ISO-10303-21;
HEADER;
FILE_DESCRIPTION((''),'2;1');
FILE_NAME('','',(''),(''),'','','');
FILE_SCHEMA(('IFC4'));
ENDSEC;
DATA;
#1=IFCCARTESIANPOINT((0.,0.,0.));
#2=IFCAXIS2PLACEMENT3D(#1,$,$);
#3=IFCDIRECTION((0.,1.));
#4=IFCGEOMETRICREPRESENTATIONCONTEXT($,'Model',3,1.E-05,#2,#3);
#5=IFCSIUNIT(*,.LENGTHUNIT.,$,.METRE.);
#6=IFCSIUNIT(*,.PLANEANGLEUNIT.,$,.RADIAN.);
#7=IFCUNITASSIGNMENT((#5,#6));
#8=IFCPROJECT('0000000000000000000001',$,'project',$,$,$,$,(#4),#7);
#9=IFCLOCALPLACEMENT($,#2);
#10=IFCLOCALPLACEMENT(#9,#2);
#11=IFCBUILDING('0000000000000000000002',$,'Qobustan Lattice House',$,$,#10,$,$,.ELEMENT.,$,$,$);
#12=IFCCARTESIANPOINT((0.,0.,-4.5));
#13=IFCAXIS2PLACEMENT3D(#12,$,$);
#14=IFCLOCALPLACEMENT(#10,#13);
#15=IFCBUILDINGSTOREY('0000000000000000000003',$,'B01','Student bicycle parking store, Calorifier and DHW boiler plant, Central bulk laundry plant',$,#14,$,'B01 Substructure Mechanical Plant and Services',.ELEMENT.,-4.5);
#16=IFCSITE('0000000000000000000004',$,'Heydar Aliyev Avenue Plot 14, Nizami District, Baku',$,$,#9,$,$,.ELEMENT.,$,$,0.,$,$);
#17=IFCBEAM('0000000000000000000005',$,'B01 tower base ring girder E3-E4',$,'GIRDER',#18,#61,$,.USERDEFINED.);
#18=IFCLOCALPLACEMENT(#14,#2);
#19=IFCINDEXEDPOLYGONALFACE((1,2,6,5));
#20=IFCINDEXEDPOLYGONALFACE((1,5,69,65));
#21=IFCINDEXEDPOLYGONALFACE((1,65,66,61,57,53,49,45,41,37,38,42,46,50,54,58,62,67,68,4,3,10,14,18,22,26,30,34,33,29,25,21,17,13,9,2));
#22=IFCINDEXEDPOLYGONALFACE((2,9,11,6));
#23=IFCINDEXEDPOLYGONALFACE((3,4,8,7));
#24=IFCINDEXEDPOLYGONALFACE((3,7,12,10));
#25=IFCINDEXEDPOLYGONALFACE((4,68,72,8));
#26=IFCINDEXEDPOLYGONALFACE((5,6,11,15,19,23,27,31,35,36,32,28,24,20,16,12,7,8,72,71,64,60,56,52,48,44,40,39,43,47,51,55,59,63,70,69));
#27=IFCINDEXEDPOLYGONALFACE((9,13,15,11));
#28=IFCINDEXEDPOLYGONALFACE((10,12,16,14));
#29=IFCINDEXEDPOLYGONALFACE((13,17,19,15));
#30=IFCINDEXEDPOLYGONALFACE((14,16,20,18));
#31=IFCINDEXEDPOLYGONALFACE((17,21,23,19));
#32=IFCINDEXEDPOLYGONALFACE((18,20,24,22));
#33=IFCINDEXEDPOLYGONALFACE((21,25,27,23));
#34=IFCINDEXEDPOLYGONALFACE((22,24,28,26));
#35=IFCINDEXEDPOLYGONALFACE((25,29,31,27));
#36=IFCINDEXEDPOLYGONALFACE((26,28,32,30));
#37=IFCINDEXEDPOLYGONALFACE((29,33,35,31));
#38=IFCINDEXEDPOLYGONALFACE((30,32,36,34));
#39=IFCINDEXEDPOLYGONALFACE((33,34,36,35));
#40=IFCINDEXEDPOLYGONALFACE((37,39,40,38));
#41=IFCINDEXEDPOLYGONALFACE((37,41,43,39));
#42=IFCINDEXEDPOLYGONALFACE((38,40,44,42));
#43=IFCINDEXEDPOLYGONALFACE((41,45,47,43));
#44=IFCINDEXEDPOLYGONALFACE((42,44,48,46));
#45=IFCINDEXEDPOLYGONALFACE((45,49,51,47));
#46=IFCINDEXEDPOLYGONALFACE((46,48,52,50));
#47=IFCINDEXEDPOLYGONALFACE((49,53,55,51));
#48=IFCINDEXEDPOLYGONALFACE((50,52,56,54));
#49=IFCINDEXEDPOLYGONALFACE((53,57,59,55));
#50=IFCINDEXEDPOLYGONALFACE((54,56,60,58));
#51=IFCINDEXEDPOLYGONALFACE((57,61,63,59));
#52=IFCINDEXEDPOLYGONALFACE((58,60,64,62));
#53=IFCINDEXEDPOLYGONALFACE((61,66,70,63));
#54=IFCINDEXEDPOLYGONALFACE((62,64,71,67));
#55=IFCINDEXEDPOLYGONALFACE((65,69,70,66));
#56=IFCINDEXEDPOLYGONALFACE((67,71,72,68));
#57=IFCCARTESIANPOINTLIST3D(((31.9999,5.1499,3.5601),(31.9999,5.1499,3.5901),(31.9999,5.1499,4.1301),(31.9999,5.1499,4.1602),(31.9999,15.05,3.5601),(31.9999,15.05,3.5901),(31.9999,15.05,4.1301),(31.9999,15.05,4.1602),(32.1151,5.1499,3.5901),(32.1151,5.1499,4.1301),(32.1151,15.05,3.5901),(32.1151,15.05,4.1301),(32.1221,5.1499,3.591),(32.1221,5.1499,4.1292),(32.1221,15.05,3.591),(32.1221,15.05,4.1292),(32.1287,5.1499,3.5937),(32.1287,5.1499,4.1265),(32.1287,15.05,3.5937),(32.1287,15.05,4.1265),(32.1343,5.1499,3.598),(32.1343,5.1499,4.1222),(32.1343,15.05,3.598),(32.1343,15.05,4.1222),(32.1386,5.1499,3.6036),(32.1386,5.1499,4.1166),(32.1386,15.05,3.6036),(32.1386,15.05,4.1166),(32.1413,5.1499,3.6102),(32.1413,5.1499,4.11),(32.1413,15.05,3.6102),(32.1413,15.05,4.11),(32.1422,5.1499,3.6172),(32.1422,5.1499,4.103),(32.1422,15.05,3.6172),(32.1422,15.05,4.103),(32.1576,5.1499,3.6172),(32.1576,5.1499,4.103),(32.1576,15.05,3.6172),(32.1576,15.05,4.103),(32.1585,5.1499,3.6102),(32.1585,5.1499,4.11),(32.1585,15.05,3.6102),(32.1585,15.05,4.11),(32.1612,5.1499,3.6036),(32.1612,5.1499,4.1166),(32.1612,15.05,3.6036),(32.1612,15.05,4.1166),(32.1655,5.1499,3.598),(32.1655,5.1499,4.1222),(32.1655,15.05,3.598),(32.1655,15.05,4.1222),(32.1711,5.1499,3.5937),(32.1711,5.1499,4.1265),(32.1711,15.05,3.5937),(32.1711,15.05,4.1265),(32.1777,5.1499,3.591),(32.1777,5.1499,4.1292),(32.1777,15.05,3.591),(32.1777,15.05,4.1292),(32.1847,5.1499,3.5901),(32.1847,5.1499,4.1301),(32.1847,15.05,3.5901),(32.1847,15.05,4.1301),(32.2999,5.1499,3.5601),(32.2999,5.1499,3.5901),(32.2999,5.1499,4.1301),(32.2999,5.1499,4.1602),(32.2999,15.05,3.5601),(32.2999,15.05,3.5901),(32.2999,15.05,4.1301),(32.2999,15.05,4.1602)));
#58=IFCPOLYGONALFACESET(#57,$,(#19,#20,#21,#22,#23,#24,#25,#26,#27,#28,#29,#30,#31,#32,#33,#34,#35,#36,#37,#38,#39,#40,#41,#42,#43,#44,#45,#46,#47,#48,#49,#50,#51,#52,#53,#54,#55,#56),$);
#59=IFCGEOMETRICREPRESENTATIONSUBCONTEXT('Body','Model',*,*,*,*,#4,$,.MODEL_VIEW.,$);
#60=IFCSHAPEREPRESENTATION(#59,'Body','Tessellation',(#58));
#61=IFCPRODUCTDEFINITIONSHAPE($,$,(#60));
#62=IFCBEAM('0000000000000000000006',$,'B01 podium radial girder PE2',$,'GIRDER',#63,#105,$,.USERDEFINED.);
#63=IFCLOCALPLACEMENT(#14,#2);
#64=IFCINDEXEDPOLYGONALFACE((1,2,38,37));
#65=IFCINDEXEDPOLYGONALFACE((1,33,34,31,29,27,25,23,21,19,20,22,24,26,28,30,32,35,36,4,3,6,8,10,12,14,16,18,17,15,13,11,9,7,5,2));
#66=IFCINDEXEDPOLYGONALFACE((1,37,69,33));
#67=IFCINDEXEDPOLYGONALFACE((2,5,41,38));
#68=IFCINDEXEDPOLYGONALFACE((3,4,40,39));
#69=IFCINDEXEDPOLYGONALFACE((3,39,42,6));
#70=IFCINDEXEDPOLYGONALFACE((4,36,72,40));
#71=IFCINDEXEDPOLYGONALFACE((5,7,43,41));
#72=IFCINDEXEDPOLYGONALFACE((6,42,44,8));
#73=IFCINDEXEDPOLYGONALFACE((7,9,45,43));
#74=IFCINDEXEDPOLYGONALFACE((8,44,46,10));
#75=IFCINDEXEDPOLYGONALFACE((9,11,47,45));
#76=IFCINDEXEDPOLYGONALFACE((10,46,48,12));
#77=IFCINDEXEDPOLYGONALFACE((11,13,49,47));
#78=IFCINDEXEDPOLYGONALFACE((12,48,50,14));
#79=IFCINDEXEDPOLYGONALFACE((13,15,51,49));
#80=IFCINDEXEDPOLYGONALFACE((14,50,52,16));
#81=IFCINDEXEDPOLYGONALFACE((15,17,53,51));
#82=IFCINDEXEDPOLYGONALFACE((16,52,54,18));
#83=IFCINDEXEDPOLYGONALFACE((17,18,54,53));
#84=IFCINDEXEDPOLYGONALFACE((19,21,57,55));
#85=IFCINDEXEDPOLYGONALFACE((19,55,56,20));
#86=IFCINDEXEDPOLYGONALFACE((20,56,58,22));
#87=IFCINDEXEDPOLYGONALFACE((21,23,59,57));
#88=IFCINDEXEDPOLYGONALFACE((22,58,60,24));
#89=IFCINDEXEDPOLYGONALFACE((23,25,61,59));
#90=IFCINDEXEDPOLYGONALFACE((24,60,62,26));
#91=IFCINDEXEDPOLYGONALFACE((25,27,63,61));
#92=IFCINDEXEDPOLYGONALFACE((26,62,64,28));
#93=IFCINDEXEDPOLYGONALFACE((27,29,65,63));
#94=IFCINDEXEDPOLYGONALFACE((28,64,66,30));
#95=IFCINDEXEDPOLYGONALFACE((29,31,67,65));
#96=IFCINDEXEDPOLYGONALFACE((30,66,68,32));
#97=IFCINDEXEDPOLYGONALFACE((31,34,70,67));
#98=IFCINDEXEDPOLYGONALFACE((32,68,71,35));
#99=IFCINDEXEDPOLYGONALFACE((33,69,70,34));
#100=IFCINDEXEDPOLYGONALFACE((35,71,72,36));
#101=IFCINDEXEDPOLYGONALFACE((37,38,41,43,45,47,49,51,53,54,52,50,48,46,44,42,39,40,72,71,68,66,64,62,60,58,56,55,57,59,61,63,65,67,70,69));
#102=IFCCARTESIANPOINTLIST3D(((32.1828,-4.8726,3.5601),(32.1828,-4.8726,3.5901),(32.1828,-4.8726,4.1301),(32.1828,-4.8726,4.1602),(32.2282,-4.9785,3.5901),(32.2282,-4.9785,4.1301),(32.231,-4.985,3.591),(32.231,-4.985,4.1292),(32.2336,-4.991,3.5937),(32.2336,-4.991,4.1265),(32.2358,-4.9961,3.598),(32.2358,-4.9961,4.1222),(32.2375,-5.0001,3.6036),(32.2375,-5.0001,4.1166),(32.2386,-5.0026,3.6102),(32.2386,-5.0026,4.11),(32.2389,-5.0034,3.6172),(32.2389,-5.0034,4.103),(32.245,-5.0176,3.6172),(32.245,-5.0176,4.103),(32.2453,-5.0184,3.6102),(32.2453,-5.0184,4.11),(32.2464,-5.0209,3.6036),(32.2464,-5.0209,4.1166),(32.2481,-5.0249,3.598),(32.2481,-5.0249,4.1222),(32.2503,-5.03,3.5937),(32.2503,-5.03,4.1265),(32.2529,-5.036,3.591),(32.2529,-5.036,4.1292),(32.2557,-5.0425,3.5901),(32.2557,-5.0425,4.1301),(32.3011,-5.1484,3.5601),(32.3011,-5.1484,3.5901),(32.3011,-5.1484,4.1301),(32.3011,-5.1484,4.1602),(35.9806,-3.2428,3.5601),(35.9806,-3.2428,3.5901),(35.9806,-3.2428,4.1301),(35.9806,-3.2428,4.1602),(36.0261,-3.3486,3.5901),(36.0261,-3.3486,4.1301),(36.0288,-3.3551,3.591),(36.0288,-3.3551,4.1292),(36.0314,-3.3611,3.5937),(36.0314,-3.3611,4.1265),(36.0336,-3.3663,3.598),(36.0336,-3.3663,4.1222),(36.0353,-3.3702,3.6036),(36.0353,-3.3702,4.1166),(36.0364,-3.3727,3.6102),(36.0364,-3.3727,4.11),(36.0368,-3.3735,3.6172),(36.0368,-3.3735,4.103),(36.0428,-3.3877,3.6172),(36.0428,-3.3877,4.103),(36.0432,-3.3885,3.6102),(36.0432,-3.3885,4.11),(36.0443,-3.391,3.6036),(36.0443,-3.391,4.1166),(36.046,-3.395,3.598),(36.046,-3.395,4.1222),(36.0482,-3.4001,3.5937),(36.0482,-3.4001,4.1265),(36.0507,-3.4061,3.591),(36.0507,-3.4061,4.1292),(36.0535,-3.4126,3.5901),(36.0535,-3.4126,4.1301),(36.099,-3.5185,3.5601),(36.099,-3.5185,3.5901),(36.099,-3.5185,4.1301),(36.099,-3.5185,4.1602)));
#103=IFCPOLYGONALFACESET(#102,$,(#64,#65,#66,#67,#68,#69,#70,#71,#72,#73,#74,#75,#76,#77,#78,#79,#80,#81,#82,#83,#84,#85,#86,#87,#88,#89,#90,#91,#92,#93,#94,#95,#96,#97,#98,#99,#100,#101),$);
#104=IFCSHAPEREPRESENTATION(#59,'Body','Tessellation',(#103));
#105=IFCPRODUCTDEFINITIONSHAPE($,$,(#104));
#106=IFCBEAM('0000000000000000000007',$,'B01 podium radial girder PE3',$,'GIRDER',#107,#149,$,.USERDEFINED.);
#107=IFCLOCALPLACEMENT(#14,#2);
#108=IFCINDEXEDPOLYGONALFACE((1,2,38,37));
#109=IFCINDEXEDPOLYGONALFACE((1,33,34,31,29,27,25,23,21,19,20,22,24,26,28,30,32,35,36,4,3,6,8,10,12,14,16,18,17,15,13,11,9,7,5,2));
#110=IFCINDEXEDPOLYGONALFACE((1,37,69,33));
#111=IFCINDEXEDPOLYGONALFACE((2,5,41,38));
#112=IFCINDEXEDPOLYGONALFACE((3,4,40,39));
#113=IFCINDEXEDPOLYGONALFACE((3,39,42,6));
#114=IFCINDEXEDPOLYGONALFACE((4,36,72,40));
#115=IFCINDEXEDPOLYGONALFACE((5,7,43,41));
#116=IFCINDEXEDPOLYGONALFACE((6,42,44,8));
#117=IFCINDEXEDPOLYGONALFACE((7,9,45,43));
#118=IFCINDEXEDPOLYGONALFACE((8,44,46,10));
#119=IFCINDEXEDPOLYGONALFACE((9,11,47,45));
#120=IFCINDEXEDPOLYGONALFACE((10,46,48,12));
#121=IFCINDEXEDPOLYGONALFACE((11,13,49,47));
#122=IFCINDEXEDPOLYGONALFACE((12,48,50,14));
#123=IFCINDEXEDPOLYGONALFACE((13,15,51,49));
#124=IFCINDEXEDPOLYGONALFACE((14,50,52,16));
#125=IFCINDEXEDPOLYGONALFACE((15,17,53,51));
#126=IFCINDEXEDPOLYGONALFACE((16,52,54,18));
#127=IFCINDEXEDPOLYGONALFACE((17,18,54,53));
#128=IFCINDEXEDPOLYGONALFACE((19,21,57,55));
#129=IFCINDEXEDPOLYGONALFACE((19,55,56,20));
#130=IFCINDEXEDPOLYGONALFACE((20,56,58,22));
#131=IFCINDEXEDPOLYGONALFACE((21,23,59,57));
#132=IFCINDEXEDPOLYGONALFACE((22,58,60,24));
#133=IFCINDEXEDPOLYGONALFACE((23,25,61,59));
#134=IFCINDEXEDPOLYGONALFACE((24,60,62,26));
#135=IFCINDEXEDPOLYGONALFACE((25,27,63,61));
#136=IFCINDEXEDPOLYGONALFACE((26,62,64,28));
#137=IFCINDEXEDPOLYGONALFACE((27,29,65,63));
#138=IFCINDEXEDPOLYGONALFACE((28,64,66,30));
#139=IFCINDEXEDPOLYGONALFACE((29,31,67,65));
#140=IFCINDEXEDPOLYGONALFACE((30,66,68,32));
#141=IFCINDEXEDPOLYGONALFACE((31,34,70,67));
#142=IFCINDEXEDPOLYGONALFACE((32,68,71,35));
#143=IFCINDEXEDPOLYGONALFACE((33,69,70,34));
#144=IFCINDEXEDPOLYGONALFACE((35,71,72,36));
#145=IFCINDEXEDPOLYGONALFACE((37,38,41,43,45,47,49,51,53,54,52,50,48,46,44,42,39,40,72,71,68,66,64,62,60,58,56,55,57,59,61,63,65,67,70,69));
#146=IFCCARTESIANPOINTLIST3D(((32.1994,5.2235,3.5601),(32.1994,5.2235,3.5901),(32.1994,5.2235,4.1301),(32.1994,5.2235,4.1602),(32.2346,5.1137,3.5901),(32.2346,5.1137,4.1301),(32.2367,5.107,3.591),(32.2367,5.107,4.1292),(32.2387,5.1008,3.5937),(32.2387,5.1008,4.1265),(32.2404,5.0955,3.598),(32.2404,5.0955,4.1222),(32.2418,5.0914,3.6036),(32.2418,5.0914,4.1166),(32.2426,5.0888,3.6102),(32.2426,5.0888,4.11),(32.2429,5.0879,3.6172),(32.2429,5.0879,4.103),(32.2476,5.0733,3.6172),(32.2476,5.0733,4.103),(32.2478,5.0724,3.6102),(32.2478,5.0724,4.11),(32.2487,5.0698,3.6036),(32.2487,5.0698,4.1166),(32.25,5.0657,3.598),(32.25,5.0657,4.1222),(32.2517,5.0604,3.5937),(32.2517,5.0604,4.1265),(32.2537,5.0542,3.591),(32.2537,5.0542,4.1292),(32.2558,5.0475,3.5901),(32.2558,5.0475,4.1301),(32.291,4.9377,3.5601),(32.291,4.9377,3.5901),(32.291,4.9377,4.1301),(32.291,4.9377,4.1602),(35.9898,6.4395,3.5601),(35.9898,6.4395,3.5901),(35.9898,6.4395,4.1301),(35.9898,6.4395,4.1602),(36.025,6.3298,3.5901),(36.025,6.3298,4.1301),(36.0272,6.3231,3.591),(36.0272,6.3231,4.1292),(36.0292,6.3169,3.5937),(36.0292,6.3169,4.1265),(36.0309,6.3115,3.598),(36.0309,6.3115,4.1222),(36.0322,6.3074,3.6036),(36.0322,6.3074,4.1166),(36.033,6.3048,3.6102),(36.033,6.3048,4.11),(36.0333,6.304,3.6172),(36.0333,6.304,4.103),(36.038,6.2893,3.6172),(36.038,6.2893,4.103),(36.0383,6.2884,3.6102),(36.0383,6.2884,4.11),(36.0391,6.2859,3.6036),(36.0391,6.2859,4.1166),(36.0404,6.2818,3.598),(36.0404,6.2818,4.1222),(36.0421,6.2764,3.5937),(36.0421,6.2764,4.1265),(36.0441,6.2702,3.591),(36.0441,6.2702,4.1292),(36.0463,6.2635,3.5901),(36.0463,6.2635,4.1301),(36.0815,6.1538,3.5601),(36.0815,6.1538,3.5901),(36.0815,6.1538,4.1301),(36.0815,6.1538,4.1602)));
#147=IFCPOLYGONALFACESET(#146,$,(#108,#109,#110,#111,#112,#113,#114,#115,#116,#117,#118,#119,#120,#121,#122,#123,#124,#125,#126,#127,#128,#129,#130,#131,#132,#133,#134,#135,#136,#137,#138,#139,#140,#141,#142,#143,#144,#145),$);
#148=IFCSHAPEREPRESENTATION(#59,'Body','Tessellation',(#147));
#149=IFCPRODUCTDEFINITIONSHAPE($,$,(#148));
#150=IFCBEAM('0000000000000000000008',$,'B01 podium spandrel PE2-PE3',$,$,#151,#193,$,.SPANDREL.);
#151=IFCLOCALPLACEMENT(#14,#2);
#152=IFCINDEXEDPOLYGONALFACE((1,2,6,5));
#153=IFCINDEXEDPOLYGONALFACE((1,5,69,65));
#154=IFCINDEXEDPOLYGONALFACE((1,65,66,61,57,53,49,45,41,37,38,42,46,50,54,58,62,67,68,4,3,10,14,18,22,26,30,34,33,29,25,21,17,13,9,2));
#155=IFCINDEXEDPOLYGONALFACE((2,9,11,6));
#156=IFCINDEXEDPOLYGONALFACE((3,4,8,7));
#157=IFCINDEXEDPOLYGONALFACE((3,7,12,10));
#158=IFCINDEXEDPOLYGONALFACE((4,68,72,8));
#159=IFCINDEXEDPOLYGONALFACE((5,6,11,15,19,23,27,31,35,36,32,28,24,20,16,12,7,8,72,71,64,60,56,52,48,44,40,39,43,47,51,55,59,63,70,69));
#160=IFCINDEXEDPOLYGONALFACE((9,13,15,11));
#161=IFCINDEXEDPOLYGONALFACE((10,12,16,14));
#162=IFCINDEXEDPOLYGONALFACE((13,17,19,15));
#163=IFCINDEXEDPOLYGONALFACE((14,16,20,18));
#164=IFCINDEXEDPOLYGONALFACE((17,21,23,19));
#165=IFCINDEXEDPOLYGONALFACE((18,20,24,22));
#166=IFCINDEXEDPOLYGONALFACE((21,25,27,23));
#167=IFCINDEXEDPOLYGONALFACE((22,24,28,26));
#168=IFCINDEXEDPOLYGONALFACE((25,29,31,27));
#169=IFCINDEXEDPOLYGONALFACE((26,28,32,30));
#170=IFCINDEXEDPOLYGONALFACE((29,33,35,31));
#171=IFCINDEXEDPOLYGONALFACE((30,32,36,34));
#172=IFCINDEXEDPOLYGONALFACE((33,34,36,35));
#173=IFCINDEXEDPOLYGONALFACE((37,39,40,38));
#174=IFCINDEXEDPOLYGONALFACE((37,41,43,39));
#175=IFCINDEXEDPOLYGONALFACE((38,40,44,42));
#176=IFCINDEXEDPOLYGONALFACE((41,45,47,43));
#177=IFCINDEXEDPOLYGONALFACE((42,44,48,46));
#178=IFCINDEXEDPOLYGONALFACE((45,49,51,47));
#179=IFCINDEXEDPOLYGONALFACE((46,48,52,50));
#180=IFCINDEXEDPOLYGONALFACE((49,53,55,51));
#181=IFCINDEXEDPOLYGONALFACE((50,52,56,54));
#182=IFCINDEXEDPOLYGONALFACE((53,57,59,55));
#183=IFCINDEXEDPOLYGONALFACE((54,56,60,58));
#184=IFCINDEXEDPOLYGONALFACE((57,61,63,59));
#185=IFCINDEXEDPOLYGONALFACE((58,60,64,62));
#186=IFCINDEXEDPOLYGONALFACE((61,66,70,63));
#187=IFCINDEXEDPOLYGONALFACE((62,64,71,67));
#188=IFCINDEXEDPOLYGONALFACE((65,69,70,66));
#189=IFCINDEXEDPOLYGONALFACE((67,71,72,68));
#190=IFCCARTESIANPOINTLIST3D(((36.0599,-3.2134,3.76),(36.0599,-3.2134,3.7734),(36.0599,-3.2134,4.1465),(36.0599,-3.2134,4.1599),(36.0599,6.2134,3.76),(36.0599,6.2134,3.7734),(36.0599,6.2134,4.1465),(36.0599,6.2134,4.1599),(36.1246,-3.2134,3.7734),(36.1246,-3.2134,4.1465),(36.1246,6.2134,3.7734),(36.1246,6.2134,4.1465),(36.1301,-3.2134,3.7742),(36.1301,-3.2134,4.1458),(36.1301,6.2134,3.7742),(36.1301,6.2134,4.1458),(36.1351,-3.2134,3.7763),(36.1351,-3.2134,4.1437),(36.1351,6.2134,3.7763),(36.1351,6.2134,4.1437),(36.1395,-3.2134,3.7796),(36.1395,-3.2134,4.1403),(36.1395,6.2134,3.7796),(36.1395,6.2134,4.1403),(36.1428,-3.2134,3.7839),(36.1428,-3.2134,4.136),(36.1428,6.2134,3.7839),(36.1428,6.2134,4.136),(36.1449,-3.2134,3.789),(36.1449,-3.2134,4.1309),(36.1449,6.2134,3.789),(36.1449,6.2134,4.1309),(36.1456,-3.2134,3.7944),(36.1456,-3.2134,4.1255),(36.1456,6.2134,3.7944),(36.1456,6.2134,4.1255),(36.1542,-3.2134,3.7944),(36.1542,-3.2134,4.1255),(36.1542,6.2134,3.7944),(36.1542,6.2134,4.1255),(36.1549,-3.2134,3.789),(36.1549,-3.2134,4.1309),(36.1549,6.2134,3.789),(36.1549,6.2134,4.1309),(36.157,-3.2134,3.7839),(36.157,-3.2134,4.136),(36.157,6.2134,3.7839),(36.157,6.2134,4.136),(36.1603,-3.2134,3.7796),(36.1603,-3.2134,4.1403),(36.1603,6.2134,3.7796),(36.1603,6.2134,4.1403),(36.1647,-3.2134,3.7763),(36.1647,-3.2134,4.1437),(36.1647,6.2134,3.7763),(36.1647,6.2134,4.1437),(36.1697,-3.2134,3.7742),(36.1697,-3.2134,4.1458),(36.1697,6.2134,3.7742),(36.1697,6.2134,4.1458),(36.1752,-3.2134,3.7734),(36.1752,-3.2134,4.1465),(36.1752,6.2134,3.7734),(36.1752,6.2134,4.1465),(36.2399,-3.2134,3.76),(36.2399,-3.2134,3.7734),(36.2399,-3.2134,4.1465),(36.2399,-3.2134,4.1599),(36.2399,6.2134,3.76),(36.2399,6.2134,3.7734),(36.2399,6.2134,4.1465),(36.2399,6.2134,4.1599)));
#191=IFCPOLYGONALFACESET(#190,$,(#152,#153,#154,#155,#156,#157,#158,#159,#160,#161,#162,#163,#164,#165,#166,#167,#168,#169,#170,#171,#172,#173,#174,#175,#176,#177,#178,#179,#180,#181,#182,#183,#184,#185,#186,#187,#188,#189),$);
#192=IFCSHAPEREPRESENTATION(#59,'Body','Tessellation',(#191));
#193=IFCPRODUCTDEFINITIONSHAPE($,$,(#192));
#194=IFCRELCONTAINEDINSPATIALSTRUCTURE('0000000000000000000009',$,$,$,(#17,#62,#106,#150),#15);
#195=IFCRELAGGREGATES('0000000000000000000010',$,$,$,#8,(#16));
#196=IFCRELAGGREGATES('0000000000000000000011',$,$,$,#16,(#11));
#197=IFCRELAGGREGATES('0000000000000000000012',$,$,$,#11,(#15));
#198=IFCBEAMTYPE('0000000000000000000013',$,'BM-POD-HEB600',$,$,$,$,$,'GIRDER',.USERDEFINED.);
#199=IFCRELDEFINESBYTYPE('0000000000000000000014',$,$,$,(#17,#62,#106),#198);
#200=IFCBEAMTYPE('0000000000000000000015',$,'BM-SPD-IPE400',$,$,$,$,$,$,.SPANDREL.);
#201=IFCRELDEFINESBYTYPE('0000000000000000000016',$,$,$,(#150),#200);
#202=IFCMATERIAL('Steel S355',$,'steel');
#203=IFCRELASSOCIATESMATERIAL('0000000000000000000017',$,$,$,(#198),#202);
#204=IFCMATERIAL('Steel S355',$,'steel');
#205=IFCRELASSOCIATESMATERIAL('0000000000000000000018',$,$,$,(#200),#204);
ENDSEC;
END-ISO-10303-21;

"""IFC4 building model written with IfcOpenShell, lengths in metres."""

from ifc_helpers import new_model, si_unit, direction, frame, origin, origin_2d, place, context, subcontext, project, spatial, i_section, extrude, material, material_profile, profile_set, type_object, element, save


model = new_model("IFC4")

# Units and contexts
model_context = context("Model", 3, precision=1e-05, world=origin(), true_north=direction((0.0, 1.0)))
body_context = subcontext(model_context, "Body", "Model", "MODEL_VIEW")
ifc_project = project(units=[si_unit("LENGTHUNIT", "METRE"), si_unit("PLANEANGLEUNIT", "RADIAN")], contexts=[model_context])

# Site, building, storey
site_placement = place(None, origin())
site = spatial("IfcSite", under=ifc_project, at=site_placement, Name="Heydar Aliyev Avenue Plot 14, Nizami District, Baku", CompositionType="ELEMENT", RefElevation=0.0)
building_placement = place(site_placement, origin())
building = spatial("IfcBuilding", under=site, at=building_placement, Name="Qobustan Lattice House", CompositionType="ELEMENT")
storey_placement = place(building_placement, frame((0.0, 0.0, -4.5)))
storey = spatial("IfcBuildingStorey", under=building, at=storey_placement, Name="B01", Description="Student bicycle parking store, Calorifier and DHW boiler plant, Central bulk laundry plant", LongName="B01 Substructure Mechanical Plant and Services", CompositionType="ELEMENT", Elevation=-4.5)

# Beams
ifc_material_1 = material(Name="Steel S355", Category="steel")
ifc_material_profile_1 = material_profile(ifc_material_1, i_section(OverallWidth=0.3, OverallDepth=0.6001, WebThickness=0.0154, FlangeThickness=0.03, FilletRadius=0.0271, at=origin_2d()), Name="HEB600")
ifc_profile_set_1 = profile_set([ifc_material_profile_1], Name="Steel S355")
beam_type_1 = type_object("IfcBeamType", Name="BM-POD-HEB600", ElementType="GIRDER", PredefinedType="USERDEFINED", material=ifc_profile_set_1)
beam_1_placement = place(storey_placement, frame((32.1499, 5.1499, 3.8601), z_axis=(0.0, 1.0, 0.0), x_axis=(-1.0, 0.0, 0.0)))
element("IfcBeam", 1, at=beam_1_placement, inside=storey, type_object=beam_type_1, Name="B01 tower base ring girder E3-E4", ObjectType="GIRDER", PredefinedType="USERDEFINED", context=body_context, shape_type="SweptSolid", body=[
    extrude(i_section(OverallWidth=0.3, OverallDepth=0.6001, WebThickness=0.0154, FlangeThickness=0.03, FilletRadius=0.0271, at=origin_2d()), origin(), (0.0, 0.0, 1.0), 9.9001),
])
beam_2_placement = place(storey_placement, frame((36.0398, -3.3806, 3.8601), z_axis=(-0.918949, -0.394376, 0.0), x_axis=(0.394376, -0.918949, 0.0)))
element("IfcBeam", 2, at=beam_2_placement, inside=storey, type_object=beam_type_1, Name="B01 podium radial girder PE2", ObjectType="GIRDER", PredefinedType="USERDEFINED", context=body_context, shape_type="SweptSolid", body=[
    extrude(i_section(OverallWidth=0.3, OverallDepth=0.6001, WebThickness=0.0154, FlangeThickness=0.03, FilletRadius=0.0271, at=origin_2d()), origin(), (0.0, 0.0, 1.0), 4.1328),
])
beam_3_placement = place(storey_placement, frame((36.0356, 6.2966, 3.8601), z_axis=(-0.952198, -0.305481, 0.0), x_axis=(0.305481, -0.952198, 0.0)))
element("IfcBeam", 3, at=beam_3_placement, inside=storey, type_object=beam_type_1, Name="B01 podium radial girder PE3", ObjectType="GIRDER", PredefinedType="USERDEFINED", context=body_context, shape_type="SweptSolid", body=[
    extrude(i_section(OverallWidth=0.3, OverallDepth=0.6001, WebThickness=0.0154, FlangeThickness=0.03, FilletRadius=0.0271, at=origin_2d()), origin(), (0.0, 0.0, 1.0), 3.9807),
])
ifc_material_2 = material(Name="Steel S355", Category="steel")
ifc_material_profile_2 = material_profile(ifc_material_2, i_section(OverallWidth=0.1799, OverallDepth=0.3999, WebThickness=0.0085, FlangeThickness=0.0134, FilletRadius=0.021, at=origin_2d()), Name="IPE400")
ifc_profile_set_2 = profile_set([ifc_material_profile_2], Name="Steel S355")
beam_type_2 = type_object("IfcBeamType", Name="BM-SPD-IPE400", PredefinedType="SPANDREL", material=ifc_profile_set_2)
for number, where, z_axis, x_axis, name in (
    (4, (36.1499, -3.2134, 3.96), (0.0, 1.0, 0.0), (-1.0, 0.0, 0.0), "B01 podium spandrel PE2-PE3"),
):
    element("IfcBeam", number, at=place(storey_placement, frame(where, z_axis=z_axis, x_axis=x_axis)), inside=storey, type_object=beam_type_2, Name=name, PredefinedType="SPANDREL", context=body_context, shape_type="SweptSolid", body=[
        extrude(i_section(OverallWidth=0.1799, OverallDepth=0.3999, WebThickness=0.0085, FlangeThickness=0.0134, FilletRadius=0.021, at=origin_2d()), origin(), (0.0, 0.0, 1.0), 9.4268),
    ])

save(model, "model.ifc")
